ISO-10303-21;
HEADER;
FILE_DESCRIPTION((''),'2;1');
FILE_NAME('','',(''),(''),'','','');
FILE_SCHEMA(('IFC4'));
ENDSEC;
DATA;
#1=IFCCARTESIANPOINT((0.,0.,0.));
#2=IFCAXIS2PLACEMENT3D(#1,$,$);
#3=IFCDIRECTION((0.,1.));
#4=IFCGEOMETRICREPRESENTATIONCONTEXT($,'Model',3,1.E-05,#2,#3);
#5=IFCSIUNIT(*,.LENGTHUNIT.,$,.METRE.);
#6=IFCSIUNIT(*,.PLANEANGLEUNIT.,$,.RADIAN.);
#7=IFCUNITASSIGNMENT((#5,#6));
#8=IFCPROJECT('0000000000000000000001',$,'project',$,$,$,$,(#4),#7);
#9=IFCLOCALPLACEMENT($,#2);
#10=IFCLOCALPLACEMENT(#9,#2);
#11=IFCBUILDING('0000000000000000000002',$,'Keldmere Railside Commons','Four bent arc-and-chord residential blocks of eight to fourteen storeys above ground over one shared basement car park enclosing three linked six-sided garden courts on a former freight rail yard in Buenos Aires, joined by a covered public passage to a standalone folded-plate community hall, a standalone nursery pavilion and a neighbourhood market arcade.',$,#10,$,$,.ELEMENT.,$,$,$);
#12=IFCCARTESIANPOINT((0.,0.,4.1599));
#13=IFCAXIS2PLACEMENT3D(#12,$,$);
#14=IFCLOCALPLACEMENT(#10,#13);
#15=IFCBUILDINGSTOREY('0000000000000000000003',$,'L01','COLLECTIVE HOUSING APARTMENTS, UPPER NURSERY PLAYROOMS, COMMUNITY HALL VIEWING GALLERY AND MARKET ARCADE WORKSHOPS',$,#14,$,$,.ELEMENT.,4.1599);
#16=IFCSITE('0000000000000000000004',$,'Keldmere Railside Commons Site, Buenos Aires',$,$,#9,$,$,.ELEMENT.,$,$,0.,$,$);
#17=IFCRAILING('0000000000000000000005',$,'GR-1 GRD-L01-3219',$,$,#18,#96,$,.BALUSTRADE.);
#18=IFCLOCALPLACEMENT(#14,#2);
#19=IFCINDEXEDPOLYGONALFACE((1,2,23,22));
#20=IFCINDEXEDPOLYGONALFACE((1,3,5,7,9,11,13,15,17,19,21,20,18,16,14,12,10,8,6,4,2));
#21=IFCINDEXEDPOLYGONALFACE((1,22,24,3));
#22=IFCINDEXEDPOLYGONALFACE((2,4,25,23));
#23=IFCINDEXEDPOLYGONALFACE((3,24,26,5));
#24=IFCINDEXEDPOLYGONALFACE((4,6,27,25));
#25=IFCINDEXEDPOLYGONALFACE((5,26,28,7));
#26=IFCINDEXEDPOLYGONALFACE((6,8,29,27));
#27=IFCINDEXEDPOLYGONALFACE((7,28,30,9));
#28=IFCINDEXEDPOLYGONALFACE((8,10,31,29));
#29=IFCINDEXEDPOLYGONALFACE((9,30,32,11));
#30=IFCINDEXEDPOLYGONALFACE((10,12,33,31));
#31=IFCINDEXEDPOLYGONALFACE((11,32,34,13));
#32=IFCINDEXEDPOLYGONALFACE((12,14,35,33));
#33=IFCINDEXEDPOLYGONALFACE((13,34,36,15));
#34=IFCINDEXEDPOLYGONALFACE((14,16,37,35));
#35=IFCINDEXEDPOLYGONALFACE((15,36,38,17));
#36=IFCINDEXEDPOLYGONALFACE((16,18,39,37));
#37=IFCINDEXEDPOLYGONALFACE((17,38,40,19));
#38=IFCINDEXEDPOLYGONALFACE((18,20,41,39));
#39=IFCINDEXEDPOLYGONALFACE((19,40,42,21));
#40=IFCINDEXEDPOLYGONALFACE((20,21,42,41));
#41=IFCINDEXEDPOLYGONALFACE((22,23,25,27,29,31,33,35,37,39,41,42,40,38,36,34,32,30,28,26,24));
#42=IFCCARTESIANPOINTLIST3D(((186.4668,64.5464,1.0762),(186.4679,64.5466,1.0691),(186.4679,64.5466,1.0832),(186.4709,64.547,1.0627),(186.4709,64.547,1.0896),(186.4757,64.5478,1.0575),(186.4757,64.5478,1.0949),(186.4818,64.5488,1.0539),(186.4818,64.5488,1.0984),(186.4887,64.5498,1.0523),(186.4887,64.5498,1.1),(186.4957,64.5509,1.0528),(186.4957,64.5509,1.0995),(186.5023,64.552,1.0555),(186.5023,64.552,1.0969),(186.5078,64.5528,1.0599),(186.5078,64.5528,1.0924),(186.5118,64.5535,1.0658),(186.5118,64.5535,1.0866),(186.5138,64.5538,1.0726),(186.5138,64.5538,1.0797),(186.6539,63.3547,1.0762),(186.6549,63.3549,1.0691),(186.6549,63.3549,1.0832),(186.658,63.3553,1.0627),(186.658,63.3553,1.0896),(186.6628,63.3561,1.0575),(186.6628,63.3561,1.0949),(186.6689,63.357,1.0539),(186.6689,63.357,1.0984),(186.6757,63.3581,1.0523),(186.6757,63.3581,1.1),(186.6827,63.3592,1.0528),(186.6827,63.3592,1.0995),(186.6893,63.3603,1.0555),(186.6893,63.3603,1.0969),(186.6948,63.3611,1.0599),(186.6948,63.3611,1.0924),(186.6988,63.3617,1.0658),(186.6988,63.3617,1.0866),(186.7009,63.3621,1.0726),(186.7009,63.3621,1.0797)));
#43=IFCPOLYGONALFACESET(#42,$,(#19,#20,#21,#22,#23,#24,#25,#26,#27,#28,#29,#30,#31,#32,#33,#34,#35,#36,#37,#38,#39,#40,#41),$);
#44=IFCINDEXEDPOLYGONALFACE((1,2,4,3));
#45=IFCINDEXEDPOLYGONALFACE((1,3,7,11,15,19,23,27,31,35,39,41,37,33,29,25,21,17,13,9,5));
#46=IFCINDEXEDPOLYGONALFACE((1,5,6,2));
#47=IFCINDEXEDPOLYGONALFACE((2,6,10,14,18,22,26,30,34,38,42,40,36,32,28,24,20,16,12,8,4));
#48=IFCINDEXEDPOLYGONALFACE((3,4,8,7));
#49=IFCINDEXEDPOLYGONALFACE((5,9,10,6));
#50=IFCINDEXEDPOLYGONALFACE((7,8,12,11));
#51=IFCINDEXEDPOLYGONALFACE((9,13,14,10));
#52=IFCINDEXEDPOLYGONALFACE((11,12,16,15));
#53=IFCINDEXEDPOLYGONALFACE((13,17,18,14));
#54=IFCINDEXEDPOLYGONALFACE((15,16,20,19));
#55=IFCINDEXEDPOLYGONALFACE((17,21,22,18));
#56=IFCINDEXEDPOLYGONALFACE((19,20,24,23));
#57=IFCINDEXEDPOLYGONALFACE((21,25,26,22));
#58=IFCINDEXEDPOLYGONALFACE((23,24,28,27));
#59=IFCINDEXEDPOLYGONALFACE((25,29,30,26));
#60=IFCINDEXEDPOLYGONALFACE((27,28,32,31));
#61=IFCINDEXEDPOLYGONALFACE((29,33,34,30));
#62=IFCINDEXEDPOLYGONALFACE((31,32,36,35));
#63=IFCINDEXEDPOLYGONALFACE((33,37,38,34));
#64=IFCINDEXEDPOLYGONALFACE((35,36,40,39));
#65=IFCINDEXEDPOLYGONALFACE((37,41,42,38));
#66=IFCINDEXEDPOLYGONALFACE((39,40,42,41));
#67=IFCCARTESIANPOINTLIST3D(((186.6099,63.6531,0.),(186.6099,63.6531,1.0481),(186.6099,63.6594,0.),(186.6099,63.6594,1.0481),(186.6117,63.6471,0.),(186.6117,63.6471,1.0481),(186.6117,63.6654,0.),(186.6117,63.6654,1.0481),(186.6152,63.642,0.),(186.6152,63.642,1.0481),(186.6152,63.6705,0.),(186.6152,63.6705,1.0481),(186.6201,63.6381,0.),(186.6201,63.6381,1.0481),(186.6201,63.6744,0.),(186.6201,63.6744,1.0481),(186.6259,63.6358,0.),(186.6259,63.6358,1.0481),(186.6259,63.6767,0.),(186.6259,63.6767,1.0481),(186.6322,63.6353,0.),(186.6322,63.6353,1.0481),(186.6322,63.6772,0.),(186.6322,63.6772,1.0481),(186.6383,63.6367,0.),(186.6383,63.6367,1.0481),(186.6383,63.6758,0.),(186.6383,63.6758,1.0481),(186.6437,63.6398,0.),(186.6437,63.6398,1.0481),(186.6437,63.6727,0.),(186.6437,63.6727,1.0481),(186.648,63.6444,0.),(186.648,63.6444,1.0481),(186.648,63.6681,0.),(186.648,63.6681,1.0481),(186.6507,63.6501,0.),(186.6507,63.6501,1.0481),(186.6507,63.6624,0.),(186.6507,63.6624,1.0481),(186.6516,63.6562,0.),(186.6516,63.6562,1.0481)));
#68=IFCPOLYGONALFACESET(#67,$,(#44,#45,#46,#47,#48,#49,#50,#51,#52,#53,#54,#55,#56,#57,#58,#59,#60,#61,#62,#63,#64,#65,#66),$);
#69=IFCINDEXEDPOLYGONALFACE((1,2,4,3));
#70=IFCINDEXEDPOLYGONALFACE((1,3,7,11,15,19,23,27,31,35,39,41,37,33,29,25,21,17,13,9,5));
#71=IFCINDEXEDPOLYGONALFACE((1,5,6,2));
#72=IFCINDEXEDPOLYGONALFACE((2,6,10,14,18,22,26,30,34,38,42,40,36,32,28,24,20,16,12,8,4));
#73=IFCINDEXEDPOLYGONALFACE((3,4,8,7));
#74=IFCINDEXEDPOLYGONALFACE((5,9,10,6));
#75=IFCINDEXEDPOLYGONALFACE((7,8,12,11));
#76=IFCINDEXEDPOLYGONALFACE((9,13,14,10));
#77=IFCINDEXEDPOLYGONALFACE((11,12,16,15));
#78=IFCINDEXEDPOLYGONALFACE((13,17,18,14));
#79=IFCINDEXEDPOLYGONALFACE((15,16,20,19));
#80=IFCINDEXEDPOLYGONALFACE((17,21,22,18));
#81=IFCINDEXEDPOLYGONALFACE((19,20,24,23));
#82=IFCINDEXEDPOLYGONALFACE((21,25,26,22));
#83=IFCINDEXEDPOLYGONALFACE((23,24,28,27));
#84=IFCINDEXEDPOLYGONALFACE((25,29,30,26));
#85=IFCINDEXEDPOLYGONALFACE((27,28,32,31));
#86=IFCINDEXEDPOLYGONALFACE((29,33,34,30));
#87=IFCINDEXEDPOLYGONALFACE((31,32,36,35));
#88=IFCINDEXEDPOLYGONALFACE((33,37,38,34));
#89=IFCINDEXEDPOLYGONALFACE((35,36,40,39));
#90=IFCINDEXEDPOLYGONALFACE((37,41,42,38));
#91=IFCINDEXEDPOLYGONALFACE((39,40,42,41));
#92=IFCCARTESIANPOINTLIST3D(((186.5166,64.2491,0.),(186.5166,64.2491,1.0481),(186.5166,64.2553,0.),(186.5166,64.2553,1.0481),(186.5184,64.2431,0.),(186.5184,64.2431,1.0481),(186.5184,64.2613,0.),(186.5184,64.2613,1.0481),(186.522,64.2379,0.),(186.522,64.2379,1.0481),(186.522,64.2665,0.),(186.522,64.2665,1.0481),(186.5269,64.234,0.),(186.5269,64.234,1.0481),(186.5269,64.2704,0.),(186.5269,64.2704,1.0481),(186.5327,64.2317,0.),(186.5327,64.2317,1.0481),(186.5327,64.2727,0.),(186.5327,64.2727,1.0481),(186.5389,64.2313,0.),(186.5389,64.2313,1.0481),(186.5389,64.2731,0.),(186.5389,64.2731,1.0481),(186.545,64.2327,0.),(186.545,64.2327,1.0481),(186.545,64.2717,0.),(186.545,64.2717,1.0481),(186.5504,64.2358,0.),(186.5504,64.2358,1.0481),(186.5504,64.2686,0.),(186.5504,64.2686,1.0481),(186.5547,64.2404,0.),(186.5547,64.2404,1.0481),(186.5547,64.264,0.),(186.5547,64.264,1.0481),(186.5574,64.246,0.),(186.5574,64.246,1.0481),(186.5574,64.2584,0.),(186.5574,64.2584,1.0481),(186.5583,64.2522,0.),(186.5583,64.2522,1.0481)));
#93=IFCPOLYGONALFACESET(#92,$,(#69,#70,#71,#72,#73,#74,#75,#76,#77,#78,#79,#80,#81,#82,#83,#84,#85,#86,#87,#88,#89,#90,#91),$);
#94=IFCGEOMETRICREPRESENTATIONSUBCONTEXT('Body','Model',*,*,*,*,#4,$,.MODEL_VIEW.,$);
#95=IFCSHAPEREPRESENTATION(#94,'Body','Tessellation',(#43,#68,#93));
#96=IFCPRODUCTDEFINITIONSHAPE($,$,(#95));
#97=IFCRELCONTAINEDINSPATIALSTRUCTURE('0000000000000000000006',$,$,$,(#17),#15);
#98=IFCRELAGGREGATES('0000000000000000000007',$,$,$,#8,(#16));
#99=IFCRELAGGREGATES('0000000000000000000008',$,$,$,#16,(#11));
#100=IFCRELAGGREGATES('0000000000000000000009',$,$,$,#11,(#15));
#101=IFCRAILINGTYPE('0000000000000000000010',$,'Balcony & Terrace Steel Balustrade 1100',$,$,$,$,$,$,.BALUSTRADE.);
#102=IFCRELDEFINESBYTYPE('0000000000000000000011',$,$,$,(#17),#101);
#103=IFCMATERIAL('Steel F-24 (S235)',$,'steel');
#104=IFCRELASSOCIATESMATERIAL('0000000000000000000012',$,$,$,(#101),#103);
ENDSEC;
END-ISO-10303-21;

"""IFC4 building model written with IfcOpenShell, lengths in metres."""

from ifc_helpers import new_model, si_unit, direction, frame, origin, origin_2d, place, context, subcontext, project, spatial, circle, extrude, material, type_object, element, save


model = new_model("IFC4")

# Units and contexts
model_context = context("Model", 3, precision=1e-05, world=origin(), true_north=direction((0.0, 1.0)))
body_context = subcontext(model_context, "Body", "Model", "MODEL_VIEW")
ifc_project = project(units=[si_unit("LENGTHUNIT", "METRE"), si_unit("PLANEANGLEUNIT", "RADIAN")], contexts=[model_context])

# Site, building, storey
site_placement = place(None, origin())
site = spatial("IfcSite", under=ifc_project, at=site_placement, Name="Keldmere Railside Commons Site, Buenos Aires", CompositionType="ELEMENT", RefElevation=0.0)
building_placement = place(site_placement, origin())
building = spatial("IfcBuilding", under=site, at=building_placement, Name="Keldmere Railside Commons", Description="Four bent arc-and-chord residential blocks of eight to fourteen storeys above ground over one shared basement car park enclosing three linked six-sided garden courts on a former freight rail yard in Buenos Aires, joined by a covered public passage to a standalone folded-plate community hall, a standalone nursery pavilion and a neighbourhood market arcade.", CompositionType="ELEMENT")
storey_placement = place(building_placement, frame((0.0, 0.0, 4.1599)))
storey = spatial("IfcBuildingStorey", under=building, at=storey_placement, Name="L01", Description="COLLECTIVE HOUSING APARTMENTS, UPPER NURSERY PLAYROOMS, COMMUNITY HALL VIEWING GALLERY AND MARKET ARCADE WORKSHOPS", CompositionType="ELEMENT", Elevation=4.1599)

# Railing
ifc_material_1 = material(Name="Steel F-24 (S235)", Category="steel")
railing_type = type_object("IfcRailingType", Name="Balcony & Terrace Steel Balustrade 1100", PredefinedType="BALUSTRADE", material=ifc_material_1)
railing_1_placement = place(storey_placement, frame((186.6775, 63.3584, 0.0)))
element("IfcRailing", 1, at=railing_1_placement, inside=storey, type_object=railing_type, Name="GR-1 GRD-L01-3219", PredefinedType="BALUSTRADE", context=body_context, shape_type="SweptSolid", body=[
    extrude(circle(Radius=0.0239, at=origin_2d()), frame((0.0, 0.0, 1.0762), z_axis=(-0.155037, 0.987909, 0.0), x_axis=(-0.987909, -0.155037, 0.0)), (0.0, 0.0, 1.0), 1.2063),
    extrude(circle(Radius=0.021, at=origin_2d()), frame((-0.0469, 0.2979, 0.0)), (0.0, 0.0, 1.0), 1.0481),
    extrude(circle(Radius=0.021, at=origin_2d()), frame((-0.1401, 0.8938, 0.0)), (0.0, 0.0, 1.0), 1.0481),
])

save(model, "model.ifc")
